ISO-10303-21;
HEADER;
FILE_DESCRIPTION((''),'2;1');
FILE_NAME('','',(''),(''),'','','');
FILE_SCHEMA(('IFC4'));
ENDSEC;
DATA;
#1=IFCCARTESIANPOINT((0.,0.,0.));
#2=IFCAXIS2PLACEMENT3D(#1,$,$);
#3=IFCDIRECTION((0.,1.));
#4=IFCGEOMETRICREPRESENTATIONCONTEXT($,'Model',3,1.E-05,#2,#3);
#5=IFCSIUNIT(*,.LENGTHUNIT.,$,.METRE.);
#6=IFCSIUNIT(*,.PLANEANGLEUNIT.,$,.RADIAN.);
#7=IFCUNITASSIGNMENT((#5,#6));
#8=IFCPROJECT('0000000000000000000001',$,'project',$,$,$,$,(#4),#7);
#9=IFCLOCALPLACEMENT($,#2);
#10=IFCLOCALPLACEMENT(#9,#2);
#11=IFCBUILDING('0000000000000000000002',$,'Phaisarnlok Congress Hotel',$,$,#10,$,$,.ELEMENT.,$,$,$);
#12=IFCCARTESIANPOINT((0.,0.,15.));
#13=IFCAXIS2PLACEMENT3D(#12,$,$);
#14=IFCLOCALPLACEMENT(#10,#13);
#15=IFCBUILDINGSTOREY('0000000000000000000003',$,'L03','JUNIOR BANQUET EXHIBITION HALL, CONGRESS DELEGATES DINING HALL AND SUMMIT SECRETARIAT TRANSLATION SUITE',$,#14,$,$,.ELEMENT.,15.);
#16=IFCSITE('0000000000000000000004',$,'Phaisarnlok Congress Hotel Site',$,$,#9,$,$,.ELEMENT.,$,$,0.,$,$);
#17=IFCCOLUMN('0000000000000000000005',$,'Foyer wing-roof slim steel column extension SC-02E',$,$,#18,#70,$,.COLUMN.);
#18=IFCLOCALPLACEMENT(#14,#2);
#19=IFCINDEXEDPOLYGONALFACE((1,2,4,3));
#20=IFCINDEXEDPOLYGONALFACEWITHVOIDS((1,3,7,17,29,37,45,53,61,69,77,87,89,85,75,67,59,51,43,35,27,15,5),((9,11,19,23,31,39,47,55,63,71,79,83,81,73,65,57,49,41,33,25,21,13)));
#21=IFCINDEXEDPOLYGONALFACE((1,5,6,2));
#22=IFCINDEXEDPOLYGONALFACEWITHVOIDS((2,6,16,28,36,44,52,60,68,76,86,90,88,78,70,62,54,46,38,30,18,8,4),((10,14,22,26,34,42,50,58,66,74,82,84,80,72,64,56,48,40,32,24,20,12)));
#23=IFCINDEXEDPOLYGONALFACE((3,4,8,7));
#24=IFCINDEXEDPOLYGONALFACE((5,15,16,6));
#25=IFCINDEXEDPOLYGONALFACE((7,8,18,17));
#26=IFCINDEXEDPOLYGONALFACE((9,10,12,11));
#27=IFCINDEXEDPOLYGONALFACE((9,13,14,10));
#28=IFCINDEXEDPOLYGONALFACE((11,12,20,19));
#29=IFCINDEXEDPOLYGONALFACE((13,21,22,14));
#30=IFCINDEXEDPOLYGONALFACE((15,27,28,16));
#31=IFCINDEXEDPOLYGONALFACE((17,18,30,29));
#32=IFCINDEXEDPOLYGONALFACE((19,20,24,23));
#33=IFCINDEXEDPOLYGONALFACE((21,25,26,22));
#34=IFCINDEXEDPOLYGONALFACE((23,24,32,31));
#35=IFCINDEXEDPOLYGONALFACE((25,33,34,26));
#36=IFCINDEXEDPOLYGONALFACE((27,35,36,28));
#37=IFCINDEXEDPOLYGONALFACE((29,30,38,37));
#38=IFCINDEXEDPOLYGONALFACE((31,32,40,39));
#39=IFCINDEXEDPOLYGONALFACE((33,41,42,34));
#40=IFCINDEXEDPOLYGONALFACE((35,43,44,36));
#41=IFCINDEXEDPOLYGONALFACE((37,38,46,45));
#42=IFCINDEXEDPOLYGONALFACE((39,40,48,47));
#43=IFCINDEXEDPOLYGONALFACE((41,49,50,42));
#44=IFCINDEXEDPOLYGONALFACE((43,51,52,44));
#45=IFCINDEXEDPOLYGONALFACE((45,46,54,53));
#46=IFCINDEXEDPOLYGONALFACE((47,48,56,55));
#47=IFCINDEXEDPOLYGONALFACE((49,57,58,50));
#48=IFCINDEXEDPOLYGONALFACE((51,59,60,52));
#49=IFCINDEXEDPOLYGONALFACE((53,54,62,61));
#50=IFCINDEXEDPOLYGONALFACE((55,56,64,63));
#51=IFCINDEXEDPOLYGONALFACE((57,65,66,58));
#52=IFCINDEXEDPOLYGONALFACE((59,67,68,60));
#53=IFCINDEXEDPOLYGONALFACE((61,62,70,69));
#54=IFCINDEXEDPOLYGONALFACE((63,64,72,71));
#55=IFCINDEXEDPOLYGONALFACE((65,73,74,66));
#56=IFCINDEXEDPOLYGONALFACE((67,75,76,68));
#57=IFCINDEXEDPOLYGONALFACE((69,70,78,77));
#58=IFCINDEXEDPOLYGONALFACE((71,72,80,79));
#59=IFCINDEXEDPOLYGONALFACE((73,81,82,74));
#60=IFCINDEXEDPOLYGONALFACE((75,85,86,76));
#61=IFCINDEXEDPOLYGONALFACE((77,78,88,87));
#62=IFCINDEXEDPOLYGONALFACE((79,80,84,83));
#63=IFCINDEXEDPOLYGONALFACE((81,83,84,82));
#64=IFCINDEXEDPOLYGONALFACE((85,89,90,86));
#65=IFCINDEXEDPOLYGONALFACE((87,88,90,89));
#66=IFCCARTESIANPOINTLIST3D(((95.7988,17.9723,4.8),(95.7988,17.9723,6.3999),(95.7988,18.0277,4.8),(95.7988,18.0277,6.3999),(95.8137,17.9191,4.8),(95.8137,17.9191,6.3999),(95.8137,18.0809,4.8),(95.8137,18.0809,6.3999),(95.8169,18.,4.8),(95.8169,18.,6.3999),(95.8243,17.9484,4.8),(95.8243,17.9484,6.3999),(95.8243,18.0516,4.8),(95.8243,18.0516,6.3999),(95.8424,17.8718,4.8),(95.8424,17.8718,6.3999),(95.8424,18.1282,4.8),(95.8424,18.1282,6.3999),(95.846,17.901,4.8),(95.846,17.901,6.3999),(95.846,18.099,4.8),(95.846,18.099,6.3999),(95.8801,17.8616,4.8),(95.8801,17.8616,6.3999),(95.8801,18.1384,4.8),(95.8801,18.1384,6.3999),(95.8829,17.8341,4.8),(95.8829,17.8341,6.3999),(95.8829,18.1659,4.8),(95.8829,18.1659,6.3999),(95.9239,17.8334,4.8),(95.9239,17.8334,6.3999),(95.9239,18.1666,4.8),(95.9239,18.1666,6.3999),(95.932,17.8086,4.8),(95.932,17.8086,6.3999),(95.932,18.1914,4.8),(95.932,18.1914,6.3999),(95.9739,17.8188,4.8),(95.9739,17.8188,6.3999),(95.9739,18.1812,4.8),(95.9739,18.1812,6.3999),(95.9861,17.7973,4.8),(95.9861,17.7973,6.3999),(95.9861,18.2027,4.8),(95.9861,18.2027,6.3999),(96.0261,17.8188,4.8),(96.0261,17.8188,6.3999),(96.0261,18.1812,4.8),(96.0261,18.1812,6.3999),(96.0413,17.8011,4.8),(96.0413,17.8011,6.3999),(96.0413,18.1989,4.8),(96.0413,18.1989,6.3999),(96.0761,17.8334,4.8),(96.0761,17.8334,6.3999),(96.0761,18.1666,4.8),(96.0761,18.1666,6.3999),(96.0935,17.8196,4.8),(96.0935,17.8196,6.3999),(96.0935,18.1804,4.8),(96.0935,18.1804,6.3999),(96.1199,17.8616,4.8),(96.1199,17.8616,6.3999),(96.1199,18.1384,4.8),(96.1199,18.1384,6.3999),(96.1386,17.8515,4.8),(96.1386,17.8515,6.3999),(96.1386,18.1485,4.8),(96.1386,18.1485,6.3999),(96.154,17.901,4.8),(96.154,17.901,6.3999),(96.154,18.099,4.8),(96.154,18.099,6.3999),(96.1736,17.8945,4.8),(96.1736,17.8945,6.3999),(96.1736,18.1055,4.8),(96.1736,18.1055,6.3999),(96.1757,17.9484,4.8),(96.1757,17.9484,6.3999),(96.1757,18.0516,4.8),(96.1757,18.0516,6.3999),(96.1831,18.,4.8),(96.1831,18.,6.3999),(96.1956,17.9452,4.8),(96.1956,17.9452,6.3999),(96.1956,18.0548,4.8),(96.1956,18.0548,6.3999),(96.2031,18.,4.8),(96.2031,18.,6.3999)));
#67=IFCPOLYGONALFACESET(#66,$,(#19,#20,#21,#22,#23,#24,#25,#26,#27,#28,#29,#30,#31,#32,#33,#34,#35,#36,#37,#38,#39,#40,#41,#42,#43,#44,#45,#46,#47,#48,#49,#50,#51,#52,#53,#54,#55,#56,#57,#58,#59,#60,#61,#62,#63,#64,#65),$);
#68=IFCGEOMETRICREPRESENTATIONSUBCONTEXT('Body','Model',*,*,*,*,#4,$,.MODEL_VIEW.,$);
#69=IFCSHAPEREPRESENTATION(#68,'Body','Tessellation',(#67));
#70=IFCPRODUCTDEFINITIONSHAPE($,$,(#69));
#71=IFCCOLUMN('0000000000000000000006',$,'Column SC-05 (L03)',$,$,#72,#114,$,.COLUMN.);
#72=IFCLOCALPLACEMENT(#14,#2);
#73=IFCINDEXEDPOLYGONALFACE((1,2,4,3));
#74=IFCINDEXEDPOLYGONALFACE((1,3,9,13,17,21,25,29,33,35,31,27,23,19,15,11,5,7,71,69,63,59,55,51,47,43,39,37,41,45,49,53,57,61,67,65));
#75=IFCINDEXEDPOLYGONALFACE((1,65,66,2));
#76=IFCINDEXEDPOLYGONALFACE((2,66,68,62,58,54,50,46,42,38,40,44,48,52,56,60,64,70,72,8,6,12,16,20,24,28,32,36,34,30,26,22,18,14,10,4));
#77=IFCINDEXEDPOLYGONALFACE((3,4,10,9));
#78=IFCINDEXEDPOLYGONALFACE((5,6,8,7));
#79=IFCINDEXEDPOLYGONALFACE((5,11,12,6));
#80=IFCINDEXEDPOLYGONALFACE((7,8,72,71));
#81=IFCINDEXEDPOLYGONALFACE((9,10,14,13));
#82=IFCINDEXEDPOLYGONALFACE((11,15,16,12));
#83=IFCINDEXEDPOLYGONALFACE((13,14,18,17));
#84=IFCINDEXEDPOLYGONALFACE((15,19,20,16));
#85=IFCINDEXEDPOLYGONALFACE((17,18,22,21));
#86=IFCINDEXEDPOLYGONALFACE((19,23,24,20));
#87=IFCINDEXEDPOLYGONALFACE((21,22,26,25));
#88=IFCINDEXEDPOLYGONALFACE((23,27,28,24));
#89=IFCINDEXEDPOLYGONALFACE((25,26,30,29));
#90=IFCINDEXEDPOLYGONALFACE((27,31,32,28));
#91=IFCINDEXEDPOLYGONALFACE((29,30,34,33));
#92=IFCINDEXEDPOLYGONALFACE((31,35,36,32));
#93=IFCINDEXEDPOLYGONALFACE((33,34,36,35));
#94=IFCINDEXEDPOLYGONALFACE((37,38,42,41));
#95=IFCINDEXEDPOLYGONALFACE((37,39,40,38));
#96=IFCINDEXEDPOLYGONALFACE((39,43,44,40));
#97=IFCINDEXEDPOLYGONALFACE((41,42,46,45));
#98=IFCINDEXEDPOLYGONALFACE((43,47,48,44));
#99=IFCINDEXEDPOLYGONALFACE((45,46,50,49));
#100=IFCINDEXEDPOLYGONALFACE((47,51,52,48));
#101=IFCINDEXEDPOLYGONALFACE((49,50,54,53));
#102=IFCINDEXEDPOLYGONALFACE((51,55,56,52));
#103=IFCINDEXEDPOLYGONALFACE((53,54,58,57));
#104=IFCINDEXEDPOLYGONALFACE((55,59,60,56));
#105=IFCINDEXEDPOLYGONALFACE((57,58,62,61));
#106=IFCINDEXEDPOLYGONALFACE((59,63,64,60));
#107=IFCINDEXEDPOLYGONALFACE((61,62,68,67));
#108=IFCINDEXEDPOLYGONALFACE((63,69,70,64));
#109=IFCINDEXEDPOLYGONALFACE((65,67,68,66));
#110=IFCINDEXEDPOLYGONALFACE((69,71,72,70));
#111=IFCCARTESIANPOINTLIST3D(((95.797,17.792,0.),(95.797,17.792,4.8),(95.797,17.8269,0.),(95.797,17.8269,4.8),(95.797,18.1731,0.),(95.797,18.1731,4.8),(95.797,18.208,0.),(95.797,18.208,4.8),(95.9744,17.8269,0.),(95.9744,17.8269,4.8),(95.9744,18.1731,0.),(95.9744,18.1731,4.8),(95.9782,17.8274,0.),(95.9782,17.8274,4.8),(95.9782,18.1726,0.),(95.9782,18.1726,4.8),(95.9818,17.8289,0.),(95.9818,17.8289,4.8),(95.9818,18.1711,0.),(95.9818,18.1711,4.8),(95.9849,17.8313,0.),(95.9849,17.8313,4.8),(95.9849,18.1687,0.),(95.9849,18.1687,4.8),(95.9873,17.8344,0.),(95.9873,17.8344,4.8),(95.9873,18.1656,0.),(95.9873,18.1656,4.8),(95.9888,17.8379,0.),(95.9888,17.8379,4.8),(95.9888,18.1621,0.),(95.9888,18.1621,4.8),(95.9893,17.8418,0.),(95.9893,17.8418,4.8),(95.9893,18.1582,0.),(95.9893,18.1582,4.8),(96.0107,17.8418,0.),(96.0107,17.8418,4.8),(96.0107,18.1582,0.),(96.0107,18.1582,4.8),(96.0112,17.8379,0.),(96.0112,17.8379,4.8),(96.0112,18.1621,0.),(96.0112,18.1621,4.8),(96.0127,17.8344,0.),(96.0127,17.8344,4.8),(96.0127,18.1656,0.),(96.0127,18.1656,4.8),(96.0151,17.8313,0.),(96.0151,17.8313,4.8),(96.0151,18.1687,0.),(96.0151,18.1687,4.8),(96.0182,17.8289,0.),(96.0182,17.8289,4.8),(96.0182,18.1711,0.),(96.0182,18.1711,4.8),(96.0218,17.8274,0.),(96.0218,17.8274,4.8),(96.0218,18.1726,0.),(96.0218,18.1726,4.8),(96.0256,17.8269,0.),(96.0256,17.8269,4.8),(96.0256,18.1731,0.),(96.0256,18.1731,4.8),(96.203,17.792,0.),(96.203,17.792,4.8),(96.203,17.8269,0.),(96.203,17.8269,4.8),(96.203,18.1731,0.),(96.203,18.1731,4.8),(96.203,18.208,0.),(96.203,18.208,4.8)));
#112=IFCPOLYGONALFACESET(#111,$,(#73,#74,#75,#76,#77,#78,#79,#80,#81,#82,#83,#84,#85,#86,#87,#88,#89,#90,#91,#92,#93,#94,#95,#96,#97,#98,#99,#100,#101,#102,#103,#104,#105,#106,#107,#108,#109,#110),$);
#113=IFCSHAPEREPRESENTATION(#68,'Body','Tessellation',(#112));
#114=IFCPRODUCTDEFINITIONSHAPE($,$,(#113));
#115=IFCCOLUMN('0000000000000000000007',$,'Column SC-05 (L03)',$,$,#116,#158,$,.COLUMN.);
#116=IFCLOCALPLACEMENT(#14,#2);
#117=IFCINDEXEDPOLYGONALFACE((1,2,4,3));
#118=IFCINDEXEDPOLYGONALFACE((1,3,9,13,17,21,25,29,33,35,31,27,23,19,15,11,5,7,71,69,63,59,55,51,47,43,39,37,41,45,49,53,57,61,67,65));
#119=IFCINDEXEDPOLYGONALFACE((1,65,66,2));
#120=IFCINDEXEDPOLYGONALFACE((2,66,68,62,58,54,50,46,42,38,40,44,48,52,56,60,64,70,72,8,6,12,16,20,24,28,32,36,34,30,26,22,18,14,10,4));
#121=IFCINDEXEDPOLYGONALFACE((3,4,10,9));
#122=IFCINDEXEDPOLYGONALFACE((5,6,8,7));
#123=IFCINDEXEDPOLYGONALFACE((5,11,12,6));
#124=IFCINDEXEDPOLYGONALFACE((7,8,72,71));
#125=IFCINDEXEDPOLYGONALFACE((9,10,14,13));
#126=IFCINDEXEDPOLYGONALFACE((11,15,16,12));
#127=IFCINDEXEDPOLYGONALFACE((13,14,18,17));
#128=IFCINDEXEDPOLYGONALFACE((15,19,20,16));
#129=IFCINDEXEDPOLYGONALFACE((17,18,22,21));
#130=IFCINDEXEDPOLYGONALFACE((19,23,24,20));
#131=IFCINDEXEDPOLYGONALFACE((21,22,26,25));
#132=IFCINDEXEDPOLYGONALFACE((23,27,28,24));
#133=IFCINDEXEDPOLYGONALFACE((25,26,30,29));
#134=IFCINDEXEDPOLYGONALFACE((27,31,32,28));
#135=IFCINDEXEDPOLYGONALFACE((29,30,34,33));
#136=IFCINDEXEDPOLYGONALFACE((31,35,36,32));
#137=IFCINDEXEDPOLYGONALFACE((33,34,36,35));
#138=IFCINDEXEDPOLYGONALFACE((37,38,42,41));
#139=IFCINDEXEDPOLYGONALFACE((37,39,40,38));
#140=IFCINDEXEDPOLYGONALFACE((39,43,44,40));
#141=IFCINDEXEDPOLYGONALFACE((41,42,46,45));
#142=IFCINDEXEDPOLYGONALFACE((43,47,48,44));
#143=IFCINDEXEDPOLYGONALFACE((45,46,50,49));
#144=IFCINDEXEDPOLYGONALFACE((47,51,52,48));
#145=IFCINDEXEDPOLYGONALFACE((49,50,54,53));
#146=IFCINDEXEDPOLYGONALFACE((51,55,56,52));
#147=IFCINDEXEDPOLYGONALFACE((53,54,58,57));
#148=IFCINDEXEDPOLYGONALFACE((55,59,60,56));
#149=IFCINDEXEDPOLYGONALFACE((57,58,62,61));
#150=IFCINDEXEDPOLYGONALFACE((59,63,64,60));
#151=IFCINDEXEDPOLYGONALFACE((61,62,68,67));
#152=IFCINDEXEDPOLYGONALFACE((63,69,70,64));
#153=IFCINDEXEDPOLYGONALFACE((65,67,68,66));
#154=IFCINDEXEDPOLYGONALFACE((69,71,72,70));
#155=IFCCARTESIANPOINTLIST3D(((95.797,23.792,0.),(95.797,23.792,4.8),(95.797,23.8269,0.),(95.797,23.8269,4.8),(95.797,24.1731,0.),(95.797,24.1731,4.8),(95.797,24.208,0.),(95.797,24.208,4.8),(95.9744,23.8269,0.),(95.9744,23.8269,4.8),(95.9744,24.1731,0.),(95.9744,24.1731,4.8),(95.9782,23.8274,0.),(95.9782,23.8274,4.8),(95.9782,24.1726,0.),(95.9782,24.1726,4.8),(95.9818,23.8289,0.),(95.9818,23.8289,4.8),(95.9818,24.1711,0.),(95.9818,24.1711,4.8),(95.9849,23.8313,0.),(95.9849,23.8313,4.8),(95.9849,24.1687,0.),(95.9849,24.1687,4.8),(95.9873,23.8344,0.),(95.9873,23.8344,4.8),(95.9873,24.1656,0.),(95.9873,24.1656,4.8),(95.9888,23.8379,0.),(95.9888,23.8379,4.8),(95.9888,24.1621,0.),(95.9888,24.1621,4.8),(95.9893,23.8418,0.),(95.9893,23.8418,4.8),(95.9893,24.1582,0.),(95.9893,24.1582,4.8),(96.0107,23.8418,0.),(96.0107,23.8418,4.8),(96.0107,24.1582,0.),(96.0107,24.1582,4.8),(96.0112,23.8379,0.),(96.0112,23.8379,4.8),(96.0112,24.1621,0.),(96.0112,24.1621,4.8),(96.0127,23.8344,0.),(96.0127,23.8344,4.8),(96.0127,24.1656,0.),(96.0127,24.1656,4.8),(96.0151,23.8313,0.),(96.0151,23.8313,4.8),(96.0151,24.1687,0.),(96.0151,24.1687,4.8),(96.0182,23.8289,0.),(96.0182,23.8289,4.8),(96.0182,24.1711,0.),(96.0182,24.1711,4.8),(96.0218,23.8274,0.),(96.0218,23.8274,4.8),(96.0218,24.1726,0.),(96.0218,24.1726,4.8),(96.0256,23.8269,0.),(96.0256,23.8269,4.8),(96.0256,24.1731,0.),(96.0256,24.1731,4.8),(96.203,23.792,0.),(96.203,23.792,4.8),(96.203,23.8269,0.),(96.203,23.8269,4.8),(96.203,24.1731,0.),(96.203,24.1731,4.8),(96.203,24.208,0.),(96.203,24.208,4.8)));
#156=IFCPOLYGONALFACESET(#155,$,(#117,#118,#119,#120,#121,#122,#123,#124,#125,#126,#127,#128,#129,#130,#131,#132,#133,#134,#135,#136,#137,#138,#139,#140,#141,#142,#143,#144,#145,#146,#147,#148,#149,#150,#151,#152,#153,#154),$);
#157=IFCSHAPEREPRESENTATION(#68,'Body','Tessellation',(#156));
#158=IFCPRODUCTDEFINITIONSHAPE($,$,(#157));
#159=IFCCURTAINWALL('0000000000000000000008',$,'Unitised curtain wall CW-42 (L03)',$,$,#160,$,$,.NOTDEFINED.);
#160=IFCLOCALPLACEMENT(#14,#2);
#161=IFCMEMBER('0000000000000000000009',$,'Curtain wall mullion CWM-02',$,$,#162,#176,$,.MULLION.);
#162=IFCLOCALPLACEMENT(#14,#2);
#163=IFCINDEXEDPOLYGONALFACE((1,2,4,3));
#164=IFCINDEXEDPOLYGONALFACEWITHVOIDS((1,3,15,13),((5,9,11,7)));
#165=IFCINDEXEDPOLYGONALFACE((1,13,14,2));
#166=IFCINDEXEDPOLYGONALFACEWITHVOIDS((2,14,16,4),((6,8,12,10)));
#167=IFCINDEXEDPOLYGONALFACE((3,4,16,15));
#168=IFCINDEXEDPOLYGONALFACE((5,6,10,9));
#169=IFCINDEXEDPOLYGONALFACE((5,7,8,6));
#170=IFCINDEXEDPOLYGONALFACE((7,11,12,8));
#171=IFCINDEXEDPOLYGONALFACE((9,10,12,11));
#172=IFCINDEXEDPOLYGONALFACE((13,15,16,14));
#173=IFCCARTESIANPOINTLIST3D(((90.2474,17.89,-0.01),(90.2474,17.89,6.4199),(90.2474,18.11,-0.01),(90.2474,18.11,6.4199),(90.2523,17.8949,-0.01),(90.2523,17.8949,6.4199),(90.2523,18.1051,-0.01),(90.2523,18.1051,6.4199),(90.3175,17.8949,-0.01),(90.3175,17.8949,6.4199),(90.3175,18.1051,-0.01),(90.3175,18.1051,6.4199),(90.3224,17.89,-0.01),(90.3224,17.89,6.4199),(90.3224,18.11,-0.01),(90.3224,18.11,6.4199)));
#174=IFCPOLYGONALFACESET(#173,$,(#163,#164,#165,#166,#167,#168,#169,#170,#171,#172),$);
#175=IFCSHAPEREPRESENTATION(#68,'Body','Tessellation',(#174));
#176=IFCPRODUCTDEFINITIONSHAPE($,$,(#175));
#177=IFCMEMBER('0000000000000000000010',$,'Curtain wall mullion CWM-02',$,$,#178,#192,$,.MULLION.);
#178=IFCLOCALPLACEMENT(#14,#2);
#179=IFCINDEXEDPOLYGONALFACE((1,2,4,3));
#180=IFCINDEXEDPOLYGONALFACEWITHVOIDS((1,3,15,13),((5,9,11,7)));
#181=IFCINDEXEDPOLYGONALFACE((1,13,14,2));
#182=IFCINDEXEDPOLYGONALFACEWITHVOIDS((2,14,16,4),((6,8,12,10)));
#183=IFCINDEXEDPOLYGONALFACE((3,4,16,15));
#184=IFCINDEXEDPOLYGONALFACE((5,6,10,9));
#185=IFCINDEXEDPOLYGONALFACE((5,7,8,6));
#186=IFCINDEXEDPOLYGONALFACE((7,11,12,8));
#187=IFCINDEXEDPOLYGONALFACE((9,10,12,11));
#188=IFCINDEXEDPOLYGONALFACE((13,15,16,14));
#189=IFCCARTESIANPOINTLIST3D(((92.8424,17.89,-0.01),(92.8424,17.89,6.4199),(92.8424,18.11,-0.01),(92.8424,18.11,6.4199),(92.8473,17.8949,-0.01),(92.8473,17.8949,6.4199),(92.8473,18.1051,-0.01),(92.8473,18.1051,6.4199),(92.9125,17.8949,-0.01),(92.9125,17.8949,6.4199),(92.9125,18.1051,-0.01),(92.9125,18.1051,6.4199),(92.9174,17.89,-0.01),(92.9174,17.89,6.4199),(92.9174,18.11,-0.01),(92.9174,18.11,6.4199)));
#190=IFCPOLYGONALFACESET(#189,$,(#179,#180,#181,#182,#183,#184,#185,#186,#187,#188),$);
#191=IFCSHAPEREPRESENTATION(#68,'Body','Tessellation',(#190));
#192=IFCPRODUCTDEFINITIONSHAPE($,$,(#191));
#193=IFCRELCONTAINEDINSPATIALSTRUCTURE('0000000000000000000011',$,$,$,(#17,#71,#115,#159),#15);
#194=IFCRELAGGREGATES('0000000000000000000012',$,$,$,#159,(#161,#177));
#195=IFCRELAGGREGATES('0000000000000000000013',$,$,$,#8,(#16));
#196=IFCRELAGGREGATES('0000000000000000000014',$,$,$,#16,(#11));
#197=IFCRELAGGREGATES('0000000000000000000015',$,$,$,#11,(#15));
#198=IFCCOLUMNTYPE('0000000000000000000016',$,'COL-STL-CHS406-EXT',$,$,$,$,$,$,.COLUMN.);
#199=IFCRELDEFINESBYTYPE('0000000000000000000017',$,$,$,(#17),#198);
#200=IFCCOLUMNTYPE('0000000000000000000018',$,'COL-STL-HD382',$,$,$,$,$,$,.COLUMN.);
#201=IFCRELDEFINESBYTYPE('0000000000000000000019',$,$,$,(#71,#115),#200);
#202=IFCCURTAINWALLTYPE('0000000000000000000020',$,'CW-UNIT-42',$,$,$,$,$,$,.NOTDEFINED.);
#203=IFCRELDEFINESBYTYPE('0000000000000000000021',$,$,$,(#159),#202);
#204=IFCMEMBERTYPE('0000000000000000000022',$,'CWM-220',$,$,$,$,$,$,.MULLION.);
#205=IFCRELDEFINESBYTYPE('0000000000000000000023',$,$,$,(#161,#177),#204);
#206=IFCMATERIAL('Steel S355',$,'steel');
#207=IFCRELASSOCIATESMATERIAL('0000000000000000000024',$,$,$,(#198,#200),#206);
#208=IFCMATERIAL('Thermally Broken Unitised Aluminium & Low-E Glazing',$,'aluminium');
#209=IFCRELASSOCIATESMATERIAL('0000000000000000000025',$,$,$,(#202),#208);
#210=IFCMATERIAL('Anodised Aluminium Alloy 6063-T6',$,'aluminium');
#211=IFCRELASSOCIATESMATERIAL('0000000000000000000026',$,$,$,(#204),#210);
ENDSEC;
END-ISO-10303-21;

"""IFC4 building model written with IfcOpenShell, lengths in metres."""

from ifc_helpers import new_model, si_unit, direction, frame, origin, origin_2d, place, context, subcontext, project, spatial, hollow_rectangle, hollow_circle, i_section, extrude, material, material_profile, profile_set, type_object, element, aggregate, save


model = new_model("IFC4")

# Units and contexts
model_context = context("Model", 3, precision=1e-05, world=origin(), true_north=direction((0.0, 1.0)))
body_context = subcontext(model_context, "Body", "Model", "MODEL_VIEW")
ifc_project = project(units=[si_unit("LENGTHUNIT", "METRE"), si_unit("PLANEANGLEUNIT", "RADIAN")], contexts=[model_context])

# Site, building, storey
site_placement = place(None, origin())
site = spatial("IfcSite", under=ifc_project, at=site_placement, Name="Phaisarnlok Congress Hotel Site", CompositionType="ELEMENT", RefElevation=0.0)
building_placement = place(site_placement, origin())
building = spatial("IfcBuilding", under=site, at=building_placement, Name="Phaisarnlok Congress Hotel", CompositionType="ELEMENT")
storey_placement = place(building_placement, frame((0.0, 0.0, 15.0)))
storey = spatial("IfcBuildingStorey", under=building, at=storey_placement, Name="L03", Description="JUNIOR BANQUET EXHIBITION HALL, CONGRESS DELEGATES DINING HALL AND SUMMIT SECRETARIAT TRANSLATION SUITE", CompositionType="ELEMENT", Elevation=15.0)

# Columns
ifc_material_1 = material(Name="Steel S355", Category="steel")
ifc_material_profile_1 = material_profile(ifc_material_1, hollow_circle(Radius=0.2031, WallThickness=0.02, at=origin_2d()), Name="CHS 406.4x20")
ifc_profile_set_1 = profile_set([ifc_material_profile_1], Name="Steel S355")
column_type_1 = type_object("IfcColumnType", Name="COL-STL-CHS406-EXT", PredefinedType="COLUMN", material=ifc_profile_set_1)
column_placement = place(storey_placement, frame((96.0, 18.0, 4.8), z_axis=(0.0, 0.0, 1.0), x_axis=(1.0, 0.0, 0.0)))
element("IfcColumn", 1, at=column_placement, inside=storey, type_object=column_type_1, Name="Foyer wing-roof slim steel column extension SC-02E", PredefinedType="COLUMN", context=body_context, shape_type="SweptSolid", body=[
    extrude(hollow_circle(Radius=0.2031, WallThickness=0.02, at=origin_2d()), origin(), (0.0, 0.0, 1.0), 1.5999),
])
ifc_material_profile_2 = material_profile(ifc_material_1, i_section(OverallWidth=0.406, OverallDepth=0.416, WebThickness=0.0215, FlangeThickness=0.0349, FilletRadius=0.0149, at=origin_2d()), Name="HD 400x382")
ifc_profile_set_2 = profile_set([ifc_material_profile_2], Name="Steel S355")
column_type_2 = type_object("IfcColumnType", Name="COL-STL-HD382", PredefinedType="COLUMN", material=ifc_profile_set_2)
for number, where, z_axis, x_axis, name in (
    (2, (96.0, 18.0, 0.0), (0.0, 0.0, 1.0), (1.0, 0.0, 0.0), "Column SC-05 (L03)"),
    (3, (96.0, 24.0, 0.0), (0.0, 0.0, 1.0), (1.0, 0.0, 0.0), "Column SC-05 (L03)"),
):
    element("IfcColumn", number, at=place(storey_placement, frame(where, z_axis=z_axis, x_axis=x_axis)), inside=storey, type_object=column_type_2, Name=name, PredefinedType="COLUMN", context=body_context, shape_type="SweptSolid", body=[
        extrude(i_section(OverallWidth=0.406, OverallDepth=0.416, WebThickness=0.0215, FlangeThickness=0.0349, FilletRadius=0.0149, at=origin_2d()), origin(), (0.0, 0.0, 1.0), 4.8),
    ])

# Curtain wall, members
ifc_material_2 = material(Name="Thermally Broken Unitised Aluminium & Low-E Glazing", Category="aluminium")
curtain_wall_type = type_object("IfcCurtainWallType", Name="CW-UNIT-42", PredefinedType="NOTDEFINED", material=ifc_material_2)
curtain_wall_placement = place(storey_placement, origin())
curtain_wall = element("IfcCurtainWall", 4, at=curtain_wall_placement, inside=storey, type_object=curtain_wall_type, Name="Unitised curtain wall CW-42 (L03)", PredefinedType="NOTDEFINED")
ifc_material_3 = material(Name="Anodised Aluminium Alloy 6063-T6", Category="aluminium")
ifc_material_profile_3 = material_profile(ifc_material_3, hollow_rectangle(XDim=0.075, YDim=0.22, WallThickness=0.0049, at=origin_2d()), Name="ALU-M 75x220x5")
ifc_profile_set_3 = profile_set([ifc_material_profile_3], Name="Anodised Aluminium Alloy 6063-T6")
member_type_1 = type_object("IfcMemberType", Name="CWM-220", PredefinedType="MULLION", material=ifc_profile_set_3)
member_1_placement = place(storey_placement, frame((90.2849, 18.0, -0.01), z_axis=(0.0, 0.0, 1.0), x_axis=(1.0, 0.0, 0.0)))
member_1 = element("IfcMember", 5, at=member_1_placement, type_object=member_type_1, Name="Curtain wall mullion CWM-02", PredefinedType="MULLION", context=body_context, shape_type="SweptSolid", body=[
    extrude(hollow_rectangle(XDim=0.075, YDim=0.22, WallThickness=0.0049, at=origin_2d()), origin(), (0.0, 0.0, 1.0), 6.4299),
])
member_2_placement = place(storey_placement, frame((92.8799, 18.0, -0.01), z_axis=(0.0, 0.0, 1.0), x_axis=(1.0, 0.0, 0.0)))
member_2 = element("IfcMember", 6, at=member_2_placement, type_object=member_type_1, Name="Curtain wall mullion CWM-02", PredefinedType="MULLION", context=body_context, shape_type="SweptSolid", body=[
    extrude(hollow_rectangle(XDim=0.075, YDim=0.22, WallThickness=0.0049, at=origin_2d()), origin(), (0.0, 0.0, 1.0), 6.4299),
])

aggregate(curtain_wall, [member_1, member_2])

save(model, "model.ifc")
